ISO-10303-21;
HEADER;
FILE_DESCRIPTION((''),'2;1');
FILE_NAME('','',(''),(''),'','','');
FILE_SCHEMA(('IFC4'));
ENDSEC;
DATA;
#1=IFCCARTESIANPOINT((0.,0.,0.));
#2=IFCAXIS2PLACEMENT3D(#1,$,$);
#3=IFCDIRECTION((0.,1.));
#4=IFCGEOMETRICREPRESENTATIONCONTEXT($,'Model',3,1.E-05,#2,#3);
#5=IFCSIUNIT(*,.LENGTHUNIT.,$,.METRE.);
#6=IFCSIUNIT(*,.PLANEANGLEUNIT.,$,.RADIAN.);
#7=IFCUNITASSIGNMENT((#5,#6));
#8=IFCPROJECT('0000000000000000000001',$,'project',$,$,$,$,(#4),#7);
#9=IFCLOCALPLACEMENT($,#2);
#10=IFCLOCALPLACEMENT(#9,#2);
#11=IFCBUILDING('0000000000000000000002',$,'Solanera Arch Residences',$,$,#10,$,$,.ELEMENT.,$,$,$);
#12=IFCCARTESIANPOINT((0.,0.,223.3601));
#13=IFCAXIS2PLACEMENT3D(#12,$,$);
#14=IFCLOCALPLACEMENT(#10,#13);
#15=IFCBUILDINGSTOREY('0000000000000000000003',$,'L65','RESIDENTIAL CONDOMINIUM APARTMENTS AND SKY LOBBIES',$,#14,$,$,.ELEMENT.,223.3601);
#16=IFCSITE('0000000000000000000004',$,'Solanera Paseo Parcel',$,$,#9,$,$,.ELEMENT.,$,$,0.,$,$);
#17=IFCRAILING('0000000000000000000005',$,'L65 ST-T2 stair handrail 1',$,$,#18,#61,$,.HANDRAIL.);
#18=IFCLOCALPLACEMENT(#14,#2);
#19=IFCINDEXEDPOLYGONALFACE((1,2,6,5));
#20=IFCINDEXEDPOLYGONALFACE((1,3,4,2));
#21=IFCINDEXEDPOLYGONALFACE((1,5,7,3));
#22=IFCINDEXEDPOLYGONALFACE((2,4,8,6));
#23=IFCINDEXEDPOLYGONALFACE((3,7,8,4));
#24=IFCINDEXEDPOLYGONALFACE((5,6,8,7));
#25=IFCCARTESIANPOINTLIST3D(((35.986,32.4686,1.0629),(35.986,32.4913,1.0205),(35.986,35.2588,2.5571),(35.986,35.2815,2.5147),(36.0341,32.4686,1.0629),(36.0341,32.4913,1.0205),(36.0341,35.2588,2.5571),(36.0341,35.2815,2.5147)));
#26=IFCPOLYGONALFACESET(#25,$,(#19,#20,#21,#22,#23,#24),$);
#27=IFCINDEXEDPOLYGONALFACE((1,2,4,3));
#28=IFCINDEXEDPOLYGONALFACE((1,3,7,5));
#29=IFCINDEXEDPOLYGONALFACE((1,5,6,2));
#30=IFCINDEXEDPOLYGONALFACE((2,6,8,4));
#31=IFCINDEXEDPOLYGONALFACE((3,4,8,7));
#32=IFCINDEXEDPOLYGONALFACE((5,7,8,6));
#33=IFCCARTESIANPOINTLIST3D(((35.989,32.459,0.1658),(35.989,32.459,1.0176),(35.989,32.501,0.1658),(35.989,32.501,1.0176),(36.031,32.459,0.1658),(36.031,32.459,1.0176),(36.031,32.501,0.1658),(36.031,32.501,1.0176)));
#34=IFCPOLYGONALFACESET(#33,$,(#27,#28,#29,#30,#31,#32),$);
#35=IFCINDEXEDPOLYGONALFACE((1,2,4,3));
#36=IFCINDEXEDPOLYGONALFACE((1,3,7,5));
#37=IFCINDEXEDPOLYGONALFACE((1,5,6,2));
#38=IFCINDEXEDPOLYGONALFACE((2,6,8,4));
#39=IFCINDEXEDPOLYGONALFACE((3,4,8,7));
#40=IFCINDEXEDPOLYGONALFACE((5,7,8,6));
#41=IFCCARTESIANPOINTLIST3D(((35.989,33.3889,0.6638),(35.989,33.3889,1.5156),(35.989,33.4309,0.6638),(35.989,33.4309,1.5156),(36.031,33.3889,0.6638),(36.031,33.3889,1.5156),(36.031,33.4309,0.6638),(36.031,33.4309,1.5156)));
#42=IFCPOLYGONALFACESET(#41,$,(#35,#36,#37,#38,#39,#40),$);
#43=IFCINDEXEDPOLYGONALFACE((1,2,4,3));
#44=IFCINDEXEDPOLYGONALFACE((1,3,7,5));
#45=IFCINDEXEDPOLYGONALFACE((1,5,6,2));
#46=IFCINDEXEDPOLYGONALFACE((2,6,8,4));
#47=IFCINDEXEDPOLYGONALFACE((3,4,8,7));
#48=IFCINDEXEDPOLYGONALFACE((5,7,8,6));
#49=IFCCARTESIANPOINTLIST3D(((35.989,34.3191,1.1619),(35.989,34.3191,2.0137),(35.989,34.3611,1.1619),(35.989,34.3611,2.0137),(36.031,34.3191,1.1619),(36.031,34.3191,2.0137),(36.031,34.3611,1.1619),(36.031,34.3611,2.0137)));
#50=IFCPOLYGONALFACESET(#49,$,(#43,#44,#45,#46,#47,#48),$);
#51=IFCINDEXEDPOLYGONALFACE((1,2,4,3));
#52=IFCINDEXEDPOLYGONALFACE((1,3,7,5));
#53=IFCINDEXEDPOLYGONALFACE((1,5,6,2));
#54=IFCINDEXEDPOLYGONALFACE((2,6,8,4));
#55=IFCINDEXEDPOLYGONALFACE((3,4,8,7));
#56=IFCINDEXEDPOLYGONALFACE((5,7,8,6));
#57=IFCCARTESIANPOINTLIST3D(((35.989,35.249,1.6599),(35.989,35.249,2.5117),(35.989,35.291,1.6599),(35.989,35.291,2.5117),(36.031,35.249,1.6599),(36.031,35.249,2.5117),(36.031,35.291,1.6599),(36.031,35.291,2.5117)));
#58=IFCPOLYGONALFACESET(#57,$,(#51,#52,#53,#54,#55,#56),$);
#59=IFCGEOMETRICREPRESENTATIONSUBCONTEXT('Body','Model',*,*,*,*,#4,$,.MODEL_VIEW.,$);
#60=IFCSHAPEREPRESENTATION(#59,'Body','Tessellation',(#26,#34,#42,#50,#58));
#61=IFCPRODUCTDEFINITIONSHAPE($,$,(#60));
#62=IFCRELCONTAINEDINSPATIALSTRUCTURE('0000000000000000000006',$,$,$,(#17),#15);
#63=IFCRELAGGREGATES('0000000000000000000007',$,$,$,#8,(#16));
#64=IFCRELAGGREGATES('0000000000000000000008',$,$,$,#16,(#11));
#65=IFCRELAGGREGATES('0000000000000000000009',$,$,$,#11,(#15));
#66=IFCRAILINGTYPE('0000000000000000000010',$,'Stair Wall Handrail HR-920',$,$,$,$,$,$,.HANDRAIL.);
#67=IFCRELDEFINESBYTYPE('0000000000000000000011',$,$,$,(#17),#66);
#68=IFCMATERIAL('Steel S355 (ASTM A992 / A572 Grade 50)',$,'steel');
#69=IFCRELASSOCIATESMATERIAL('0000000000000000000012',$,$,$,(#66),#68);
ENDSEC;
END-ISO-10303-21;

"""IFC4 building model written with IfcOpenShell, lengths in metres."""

from ifc_helpers import new_model, si_unit, direction, frame, origin, origin_2d, place, context, subcontext, project, spatial, rectangle, extrude, material, type_object, element, save


model = new_model("IFC4")

# Units and contexts
model_context = context("Model", 3, precision=1e-05, world=origin(), true_north=direction((0.0, 1.0)))
body_context = subcontext(model_context, "Body", "Model", "MODEL_VIEW")
ifc_project = project(units=[si_unit("LENGTHUNIT", "METRE"), si_unit("PLANEANGLEUNIT", "RADIAN")], contexts=[model_context])

# Site, building, storey
site_placement = place(None, origin())
site = spatial("IfcSite", under=ifc_project, at=site_placement, Name="Solanera Paseo Parcel", CompositionType="ELEMENT", RefElevation=0.0)
building_placement = place(site_placement, origin())
building = spatial("IfcBuilding", under=site, at=building_placement, Name="Solanera Arch Residences", CompositionType="ELEMENT")
storey_placement = place(building_placement, frame((0.0, 0.0, 223.3601)))
storey = spatial("IfcBuildingStorey", under=building, at=storey_placement, Name="L65", Description="RESIDENTIAL CONDOMINIUM APARTMENTS AND SKY LOBBIES", CompositionType="ELEMENT", Elevation=223.3601)

# Railing
ifc_material_1 = material(Name="Steel S355 (ASTM A992 / A572 Grade 50)", Category="steel")
railing_type_1 = type_object("IfcRailingType", Name="Stair Wall Handrail HR-920", PredefinedType="HANDRAIL", material=ifc_material_1)
railing_1_placement = place(storey_placement, frame((36.01, 32.48, 0.1658)))
element("IfcRailing", 1, at=railing_1_placement, inside=storey, type_object=railing_type_1, Name="L65 ST-T2 stair handrail 1", PredefinedType="HANDRAIL", context=body_context, shape_type="SweptSolid", body=[
    extrude(rectangle(XDim=0.0481, YDim=0.0481, at=origin_2d()), frame((0.0, 0.0, 0.876), z_axis=(0.0, 0.881549, 0.472093), x_axis=(-1.0, 0.0, 0.0)), (0.0, 0.0, 1.0), 3.165),
    extrude(rectangle(XDim=0.042, YDim=0.042, at=origin_2d()), origin(), (0.0, 0.0, 1.0), 0.8518),
    extrude(rectangle(XDim=0.042, YDim=0.042, at=origin_2d()), frame((0.0, 0.9299, 0.498)), (0.0, 0.0, 1.0), 0.8518),
    extrude(rectangle(XDim=0.042, YDim=0.042, at=origin_2d()), frame((0.0, 1.8601, 0.9961)), (0.0, 0.0, 1.0), 0.8518),
    extrude(rectangle(XDim=0.042, YDim=0.042, at=origin_2d()), frame((0.0, 2.79, 1.4941)), (0.0, 0.0, 1.0), 0.8518),
])

save(model, "model.ifc")
